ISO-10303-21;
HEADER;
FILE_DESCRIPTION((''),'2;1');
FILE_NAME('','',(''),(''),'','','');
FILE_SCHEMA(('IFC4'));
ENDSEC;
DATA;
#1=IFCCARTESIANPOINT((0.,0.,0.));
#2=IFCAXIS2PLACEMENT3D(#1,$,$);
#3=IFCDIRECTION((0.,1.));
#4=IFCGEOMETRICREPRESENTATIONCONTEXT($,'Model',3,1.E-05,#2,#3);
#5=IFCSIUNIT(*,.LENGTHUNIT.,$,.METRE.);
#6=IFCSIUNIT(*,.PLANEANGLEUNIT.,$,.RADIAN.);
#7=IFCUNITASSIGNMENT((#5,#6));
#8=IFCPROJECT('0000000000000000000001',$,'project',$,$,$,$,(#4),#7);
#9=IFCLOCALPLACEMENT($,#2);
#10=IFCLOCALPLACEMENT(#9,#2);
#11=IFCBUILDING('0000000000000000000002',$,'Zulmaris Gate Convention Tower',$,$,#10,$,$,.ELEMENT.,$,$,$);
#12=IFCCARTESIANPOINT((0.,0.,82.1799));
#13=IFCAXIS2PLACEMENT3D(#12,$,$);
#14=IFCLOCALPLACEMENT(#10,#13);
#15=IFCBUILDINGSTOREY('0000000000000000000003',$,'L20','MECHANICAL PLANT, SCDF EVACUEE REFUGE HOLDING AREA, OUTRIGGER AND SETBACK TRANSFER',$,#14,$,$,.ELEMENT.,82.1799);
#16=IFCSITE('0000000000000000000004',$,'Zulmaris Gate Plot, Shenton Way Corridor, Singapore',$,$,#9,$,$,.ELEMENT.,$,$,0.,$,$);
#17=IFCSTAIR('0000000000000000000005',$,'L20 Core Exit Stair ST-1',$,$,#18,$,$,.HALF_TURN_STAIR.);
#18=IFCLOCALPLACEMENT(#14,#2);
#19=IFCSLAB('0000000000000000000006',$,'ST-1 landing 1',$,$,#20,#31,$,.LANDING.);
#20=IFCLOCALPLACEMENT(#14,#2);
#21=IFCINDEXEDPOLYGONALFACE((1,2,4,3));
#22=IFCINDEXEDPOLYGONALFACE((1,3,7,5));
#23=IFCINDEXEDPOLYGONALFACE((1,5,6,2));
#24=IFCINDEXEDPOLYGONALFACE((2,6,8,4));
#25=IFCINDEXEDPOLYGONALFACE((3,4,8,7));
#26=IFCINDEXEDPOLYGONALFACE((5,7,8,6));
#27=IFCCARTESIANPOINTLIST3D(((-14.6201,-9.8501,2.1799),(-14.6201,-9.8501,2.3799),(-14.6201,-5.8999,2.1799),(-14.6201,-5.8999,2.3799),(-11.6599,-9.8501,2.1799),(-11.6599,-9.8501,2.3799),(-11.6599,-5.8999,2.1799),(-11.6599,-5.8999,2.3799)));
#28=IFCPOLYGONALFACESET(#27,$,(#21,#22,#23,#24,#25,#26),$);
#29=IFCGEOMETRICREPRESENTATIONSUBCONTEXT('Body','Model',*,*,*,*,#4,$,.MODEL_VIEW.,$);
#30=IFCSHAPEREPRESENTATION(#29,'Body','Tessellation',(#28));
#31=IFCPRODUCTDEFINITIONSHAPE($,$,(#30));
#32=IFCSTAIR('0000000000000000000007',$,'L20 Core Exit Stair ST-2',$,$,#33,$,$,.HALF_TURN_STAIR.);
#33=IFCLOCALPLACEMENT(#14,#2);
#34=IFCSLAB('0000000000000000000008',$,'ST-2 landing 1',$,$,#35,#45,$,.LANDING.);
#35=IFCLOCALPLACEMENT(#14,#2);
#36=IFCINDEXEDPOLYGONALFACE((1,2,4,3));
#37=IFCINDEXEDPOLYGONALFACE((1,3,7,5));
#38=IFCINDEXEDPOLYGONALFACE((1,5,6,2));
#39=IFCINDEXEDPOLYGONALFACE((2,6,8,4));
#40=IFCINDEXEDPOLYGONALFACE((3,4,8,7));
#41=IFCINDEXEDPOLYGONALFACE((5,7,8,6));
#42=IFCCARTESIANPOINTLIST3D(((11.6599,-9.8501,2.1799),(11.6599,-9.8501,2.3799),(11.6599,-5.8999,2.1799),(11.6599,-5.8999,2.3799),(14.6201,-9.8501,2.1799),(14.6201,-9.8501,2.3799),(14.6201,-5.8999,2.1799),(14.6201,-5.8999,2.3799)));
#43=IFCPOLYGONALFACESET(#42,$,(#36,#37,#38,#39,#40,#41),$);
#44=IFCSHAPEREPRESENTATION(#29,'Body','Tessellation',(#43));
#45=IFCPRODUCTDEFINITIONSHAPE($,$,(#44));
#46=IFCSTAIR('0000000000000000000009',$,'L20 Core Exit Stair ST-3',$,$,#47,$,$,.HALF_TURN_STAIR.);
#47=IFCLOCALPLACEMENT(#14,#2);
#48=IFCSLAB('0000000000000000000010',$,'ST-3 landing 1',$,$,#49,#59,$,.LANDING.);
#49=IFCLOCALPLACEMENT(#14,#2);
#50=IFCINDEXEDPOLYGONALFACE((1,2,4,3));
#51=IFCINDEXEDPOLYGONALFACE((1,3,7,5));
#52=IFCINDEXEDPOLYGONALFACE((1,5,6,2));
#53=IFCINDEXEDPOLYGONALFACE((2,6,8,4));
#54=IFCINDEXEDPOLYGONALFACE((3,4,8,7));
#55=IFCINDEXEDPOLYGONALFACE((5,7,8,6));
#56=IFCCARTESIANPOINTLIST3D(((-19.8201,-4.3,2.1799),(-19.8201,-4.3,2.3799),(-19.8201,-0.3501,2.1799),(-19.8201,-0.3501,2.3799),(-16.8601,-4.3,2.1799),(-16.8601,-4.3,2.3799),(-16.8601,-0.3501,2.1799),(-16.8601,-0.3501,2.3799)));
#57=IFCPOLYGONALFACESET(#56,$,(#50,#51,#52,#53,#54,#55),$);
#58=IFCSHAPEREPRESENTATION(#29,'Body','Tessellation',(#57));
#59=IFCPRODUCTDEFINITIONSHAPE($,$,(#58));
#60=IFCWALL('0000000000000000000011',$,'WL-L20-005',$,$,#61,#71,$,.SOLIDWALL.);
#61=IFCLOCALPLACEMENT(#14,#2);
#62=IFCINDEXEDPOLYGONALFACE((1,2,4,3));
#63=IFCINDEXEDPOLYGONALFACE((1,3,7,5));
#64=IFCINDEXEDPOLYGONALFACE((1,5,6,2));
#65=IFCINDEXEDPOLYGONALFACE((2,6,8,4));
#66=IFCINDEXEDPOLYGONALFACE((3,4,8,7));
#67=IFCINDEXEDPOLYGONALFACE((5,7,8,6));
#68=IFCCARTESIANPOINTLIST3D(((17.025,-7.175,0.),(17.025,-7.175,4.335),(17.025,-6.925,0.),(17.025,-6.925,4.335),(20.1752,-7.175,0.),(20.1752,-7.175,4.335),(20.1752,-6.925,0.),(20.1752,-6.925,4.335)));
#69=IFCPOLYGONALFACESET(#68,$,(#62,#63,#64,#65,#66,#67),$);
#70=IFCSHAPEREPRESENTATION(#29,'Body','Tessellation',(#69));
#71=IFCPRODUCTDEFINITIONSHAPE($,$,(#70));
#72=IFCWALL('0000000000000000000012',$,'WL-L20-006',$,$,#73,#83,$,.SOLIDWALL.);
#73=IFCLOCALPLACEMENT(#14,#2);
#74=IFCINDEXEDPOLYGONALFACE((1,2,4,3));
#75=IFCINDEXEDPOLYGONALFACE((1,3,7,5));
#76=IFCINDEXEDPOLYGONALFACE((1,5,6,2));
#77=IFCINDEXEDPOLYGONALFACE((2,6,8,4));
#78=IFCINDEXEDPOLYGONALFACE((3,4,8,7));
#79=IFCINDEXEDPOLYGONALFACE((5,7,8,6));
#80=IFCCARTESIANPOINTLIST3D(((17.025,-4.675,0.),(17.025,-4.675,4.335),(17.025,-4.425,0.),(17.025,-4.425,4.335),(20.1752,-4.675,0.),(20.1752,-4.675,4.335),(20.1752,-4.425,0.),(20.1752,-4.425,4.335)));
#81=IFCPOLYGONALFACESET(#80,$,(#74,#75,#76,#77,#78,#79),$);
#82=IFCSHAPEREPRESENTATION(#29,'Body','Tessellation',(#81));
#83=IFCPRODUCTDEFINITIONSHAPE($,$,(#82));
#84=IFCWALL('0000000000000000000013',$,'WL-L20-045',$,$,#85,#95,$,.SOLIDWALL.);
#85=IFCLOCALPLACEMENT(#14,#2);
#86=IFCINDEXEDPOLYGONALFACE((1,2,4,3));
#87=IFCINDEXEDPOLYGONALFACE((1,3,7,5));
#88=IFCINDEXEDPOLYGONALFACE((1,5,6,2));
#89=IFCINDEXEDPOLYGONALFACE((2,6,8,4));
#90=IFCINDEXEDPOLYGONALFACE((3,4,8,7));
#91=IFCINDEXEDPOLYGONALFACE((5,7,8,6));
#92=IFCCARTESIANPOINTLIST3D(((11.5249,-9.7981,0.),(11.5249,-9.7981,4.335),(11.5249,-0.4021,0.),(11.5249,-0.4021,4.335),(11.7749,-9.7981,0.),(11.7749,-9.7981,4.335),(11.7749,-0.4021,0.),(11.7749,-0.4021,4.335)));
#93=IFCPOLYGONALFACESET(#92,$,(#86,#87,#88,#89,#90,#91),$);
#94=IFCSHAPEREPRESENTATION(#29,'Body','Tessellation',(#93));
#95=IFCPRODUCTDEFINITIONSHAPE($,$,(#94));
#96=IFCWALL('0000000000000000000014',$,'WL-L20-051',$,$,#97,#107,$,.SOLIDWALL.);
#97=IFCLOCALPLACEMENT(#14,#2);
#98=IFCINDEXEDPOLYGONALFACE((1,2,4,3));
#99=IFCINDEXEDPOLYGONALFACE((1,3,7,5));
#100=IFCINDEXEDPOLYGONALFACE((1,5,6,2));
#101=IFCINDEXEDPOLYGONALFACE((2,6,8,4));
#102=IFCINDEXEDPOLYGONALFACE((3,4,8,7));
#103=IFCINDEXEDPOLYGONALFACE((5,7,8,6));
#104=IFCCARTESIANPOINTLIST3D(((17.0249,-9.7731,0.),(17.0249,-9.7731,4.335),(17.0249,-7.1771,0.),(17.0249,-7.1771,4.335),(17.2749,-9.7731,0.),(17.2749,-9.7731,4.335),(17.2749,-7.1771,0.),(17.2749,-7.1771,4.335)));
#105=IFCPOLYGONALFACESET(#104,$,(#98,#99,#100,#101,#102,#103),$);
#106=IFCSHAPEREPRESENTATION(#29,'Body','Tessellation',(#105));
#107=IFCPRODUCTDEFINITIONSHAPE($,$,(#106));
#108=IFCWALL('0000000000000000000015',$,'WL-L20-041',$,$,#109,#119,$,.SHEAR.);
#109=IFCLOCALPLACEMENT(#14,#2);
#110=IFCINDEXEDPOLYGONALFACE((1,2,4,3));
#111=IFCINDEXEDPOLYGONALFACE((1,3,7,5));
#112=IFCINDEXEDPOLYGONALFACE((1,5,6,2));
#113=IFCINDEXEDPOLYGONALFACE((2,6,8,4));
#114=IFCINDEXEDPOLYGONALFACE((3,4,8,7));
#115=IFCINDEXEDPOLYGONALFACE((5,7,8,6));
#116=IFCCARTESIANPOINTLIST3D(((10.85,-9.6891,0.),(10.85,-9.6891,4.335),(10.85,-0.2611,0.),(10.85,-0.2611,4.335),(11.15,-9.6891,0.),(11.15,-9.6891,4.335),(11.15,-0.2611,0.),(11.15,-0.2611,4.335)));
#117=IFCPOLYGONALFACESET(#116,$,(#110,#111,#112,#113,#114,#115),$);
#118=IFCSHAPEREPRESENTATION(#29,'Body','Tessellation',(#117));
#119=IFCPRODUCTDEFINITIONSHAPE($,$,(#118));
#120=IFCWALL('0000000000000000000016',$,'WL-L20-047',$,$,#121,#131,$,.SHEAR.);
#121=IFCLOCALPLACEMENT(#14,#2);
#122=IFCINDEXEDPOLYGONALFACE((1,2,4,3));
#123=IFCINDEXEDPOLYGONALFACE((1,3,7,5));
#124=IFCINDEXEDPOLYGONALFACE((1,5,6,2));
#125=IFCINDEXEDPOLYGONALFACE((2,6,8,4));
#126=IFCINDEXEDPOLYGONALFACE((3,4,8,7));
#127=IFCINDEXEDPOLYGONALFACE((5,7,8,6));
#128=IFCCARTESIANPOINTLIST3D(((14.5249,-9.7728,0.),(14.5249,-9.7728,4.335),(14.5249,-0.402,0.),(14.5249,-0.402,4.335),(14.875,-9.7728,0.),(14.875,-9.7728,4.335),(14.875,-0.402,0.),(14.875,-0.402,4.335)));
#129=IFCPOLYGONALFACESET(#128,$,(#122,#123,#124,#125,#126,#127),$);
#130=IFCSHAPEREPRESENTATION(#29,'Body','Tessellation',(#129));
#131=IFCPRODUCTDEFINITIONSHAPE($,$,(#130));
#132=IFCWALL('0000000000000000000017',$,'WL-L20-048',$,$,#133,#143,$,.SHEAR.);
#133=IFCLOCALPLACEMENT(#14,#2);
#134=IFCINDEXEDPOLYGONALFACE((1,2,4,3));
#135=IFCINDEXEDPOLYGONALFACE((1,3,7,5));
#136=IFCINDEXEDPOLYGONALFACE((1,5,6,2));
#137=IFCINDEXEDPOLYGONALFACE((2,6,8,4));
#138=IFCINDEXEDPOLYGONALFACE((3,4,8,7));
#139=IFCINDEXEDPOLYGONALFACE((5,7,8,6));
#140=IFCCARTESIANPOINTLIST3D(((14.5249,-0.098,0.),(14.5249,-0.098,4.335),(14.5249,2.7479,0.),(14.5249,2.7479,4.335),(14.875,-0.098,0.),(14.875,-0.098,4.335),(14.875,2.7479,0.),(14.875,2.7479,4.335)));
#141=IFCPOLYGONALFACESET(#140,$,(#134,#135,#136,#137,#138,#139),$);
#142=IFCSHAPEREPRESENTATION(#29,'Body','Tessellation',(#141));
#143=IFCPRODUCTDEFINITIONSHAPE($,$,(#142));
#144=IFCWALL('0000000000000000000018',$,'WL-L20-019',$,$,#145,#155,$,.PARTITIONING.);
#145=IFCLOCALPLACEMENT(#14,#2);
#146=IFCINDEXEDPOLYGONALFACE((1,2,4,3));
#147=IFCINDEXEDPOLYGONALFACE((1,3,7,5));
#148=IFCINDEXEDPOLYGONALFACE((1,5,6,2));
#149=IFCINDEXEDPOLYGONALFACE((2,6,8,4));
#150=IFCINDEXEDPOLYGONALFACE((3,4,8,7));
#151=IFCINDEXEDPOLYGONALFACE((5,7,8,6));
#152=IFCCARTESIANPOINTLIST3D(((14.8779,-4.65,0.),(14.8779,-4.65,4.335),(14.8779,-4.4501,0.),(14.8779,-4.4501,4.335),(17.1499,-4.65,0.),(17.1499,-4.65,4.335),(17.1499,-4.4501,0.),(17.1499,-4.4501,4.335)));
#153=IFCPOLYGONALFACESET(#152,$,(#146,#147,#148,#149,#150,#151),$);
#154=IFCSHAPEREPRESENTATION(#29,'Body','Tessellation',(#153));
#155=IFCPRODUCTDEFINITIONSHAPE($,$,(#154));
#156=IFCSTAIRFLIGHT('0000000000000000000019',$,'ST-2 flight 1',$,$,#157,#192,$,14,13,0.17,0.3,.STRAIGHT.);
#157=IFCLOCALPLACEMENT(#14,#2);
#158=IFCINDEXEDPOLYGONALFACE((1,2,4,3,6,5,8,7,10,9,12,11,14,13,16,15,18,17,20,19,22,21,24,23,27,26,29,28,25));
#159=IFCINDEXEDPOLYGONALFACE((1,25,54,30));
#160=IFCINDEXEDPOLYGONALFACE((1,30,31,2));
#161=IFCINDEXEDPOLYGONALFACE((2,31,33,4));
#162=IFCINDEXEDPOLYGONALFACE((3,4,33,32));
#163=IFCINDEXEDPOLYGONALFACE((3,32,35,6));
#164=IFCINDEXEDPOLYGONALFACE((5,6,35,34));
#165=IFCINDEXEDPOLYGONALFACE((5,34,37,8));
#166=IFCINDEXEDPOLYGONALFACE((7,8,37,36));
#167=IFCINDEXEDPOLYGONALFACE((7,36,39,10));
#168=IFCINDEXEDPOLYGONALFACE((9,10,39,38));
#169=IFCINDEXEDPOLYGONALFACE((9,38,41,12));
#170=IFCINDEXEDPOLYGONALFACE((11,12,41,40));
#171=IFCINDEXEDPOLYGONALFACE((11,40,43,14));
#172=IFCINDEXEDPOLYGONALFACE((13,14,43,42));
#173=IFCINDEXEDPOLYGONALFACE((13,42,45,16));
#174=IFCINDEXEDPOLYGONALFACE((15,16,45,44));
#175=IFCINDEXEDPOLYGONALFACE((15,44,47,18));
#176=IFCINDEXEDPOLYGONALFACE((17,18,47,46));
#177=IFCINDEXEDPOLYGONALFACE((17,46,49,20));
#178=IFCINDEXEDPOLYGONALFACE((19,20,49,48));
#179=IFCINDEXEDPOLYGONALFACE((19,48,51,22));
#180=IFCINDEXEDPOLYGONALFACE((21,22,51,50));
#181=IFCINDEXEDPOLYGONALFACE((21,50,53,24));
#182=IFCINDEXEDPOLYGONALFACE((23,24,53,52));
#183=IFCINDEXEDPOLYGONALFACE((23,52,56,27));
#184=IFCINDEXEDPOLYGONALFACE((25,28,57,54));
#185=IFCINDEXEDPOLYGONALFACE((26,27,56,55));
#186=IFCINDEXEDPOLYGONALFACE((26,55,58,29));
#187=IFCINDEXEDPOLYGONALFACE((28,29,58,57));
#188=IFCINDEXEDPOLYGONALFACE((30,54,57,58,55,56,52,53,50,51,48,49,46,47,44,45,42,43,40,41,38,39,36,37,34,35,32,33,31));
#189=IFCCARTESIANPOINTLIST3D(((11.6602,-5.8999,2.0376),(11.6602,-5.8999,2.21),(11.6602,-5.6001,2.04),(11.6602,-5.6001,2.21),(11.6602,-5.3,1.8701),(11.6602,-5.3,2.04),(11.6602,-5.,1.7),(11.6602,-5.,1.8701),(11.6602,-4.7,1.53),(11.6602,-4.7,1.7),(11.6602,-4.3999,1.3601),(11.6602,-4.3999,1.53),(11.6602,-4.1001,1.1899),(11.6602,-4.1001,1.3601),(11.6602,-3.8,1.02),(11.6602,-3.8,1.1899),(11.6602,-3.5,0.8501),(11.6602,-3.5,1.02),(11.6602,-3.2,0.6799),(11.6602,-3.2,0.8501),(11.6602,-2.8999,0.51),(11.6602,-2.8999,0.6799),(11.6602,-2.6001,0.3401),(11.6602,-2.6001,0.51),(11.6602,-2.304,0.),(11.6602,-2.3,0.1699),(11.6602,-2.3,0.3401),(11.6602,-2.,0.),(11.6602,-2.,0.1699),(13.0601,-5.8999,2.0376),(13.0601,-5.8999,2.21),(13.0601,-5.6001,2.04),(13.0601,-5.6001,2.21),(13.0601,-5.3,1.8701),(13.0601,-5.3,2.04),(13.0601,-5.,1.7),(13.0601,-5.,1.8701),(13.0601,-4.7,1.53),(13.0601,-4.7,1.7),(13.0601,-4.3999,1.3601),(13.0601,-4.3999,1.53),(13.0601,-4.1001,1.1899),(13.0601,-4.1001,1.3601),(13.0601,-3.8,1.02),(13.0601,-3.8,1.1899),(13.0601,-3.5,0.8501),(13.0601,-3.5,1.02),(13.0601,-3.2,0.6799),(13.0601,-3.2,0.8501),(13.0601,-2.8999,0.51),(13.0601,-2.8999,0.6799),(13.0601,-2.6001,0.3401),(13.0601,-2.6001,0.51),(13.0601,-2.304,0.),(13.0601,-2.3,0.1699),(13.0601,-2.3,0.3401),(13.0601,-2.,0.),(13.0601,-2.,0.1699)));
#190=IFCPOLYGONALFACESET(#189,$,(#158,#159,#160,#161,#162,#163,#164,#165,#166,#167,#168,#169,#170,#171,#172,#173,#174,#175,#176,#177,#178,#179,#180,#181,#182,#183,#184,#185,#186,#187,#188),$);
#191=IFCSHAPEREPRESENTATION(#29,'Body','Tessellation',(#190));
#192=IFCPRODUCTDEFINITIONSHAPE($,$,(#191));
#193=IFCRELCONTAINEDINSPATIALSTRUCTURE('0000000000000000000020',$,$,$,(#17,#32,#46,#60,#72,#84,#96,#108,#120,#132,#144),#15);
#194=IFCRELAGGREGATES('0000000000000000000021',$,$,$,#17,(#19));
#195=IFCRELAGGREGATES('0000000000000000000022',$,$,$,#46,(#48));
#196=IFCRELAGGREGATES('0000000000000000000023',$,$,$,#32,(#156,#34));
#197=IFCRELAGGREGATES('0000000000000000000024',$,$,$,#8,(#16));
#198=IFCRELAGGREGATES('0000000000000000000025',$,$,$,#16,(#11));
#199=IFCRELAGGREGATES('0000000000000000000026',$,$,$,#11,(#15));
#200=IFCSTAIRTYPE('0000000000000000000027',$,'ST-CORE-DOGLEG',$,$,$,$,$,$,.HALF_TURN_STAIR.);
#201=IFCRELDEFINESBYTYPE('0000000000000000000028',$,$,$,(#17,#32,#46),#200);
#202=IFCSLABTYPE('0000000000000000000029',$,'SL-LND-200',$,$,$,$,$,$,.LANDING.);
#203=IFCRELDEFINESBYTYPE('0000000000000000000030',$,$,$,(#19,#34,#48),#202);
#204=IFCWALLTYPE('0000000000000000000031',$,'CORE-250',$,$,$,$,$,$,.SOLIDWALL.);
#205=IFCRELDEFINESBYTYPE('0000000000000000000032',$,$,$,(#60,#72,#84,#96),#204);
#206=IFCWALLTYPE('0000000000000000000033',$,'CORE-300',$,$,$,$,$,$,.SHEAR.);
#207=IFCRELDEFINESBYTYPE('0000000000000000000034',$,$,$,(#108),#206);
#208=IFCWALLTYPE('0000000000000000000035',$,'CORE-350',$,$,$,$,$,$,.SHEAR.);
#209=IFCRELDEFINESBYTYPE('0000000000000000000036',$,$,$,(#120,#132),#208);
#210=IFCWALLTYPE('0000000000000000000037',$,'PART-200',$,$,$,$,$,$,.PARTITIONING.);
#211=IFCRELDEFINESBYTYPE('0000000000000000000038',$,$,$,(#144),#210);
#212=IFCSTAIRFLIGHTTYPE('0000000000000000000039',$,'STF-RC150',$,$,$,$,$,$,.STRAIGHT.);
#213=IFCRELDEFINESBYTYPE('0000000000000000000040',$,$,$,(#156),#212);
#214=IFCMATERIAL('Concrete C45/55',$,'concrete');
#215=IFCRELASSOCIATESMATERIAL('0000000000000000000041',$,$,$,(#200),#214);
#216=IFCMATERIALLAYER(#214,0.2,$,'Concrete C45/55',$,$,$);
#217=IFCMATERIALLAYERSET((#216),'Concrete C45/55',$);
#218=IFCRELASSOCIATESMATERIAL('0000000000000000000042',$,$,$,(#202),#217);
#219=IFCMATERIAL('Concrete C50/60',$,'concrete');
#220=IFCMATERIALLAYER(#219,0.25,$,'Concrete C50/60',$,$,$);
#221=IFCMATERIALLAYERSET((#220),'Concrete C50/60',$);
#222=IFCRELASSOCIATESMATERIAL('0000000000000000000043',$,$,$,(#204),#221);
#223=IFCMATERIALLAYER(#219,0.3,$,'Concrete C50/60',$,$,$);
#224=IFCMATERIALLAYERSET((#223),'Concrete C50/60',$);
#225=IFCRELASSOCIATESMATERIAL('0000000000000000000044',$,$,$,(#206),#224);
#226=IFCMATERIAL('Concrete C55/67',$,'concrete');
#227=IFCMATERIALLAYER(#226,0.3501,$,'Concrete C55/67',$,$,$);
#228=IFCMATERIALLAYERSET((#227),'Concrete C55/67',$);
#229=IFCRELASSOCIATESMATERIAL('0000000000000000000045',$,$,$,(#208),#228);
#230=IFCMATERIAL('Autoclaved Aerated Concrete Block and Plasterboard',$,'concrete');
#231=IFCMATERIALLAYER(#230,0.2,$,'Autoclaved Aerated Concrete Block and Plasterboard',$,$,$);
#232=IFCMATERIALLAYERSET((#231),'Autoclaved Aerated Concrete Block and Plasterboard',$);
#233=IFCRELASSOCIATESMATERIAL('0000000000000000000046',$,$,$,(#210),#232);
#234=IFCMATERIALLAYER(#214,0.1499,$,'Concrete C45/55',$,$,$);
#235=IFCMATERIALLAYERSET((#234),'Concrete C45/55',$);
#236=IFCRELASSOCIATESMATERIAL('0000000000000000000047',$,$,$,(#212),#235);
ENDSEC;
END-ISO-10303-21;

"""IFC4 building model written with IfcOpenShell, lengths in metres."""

from ifc_helpers import new_model, si_unit, direction, frame, frame_2d, origin, place, context, subcontext, project, spatial, polyline, rectangle, outline, extrude, material, layer, layer_set, type_object, element, aggregate, save


model = new_model("IFC4")

# Units and contexts
model_context = context("Model", 3, precision=1e-05, world=origin(), true_north=direction((0.0, 1.0)))
body_context = subcontext(model_context, "Body", "Model", "MODEL_VIEW")
ifc_project = project(units=[si_unit("LENGTHUNIT", "METRE"), si_unit("PLANEANGLEUNIT", "RADIAN")], contexts=[model_context])

# Site, building, storey
site_placement = place(None, origin())
site = spatial("IfcSite", under=ifc_project, at=site_placement, Name="Zulmaris Gate Plot, Shenton Way Corridor, Singapore", CompositionType="ELEMENT", RefElevation=0.0)
building_placement = place(site_placement, origin())
building = spatial("IfcBuilding", under=site, at=building_placement, Name="Zulmaris Gate Convention Tower", CompositionType="ELEMENT")
storey_placement = place(building_placement, frame((0.0, 0.0, 82.1799)))
storey = spatial("IfcBuildingStorey", under=building, at=storey_placement, Name="L20", Description="MECHANICAL PLANT, SCDF EVACUEE REFUGE HOLDING AREA, OUTRIGGER AND SETBACK TRANSFER", CompositionType="ELEMENT", Elevation=82.1799)

# Stairs, slabs
ifc_material_1 = material(Name="Concrete C45/55", Category="concrete")
stair_type = type_object("IfcStairType", Name="ST-CORE-DOGLEG", PredefinedType="HALF_TURN_STAIR", material=ifc_material_1)
stair_1_placement = place(storey_placement, origin())
stair_1 = element("IfcStair", 1, at=stair_1_placement, inside=storey, type_object=stair_type, Name="L20 Core Exit Stair ST-1", PredefinedType="HALF_TURN_STAIR")
ifc_layer_1 = layer(ifc_material_1, 0.2, Name="Concrete C45/55")
ifc_layer_set_1 = layer_set([ifc_layer_1], Name="Concrete C45/55")
slab_type = type_object("IfcSlabType", Name="SL-LND-200", PredefinedType="LANDING", material=ifc_layer_set_1)
slab_1_placement = place(storey_placement, frame((0.0, 0.0, 2.1799)))
slab_1 = element("IfcSlab", 2, at=slab_1_placement, type_object=slab_type, Name="ST-1 landing 1", PredefinedType="LANDING", context=body_context, shape_type="SweptSolid", body=[
    extrude(outline(polyline([(-14.6201, -5.8999), (-14.6201, -9.8501), (-11.6599, -9.8501), (-11.6599, -5.8999), (-14.6201, -5.8999)])), origin(), (0.0, 0.0, 1.0), 0.2),
])
aggregate(stair_1, [slab_1])
stair_2_placement = place(storey_placement, origin())
stair_2 = element("IfcStair", 3, at=stair_2_placement, inside=storey, type_object=stair_type, Name="L20 Core Exit Stair ST-2", PredefinedType="HALF_TURN_STAIR")
slab_2_placement = place(storey_placement, frame((0.0, 0.0, 2.1799)))
slab_2 = element("IfcSlab", 4, at=slab_2_placement, type_object=slab_type, Name="ST-2 landing 1", PredefinedType="LANDING", context=body_context, shape_type="SweptSolid", body=[
    extrude(outline(polyline([(11.6599, -5.8999), (11.6599, -9.8501), (14.6201, -9.8501), (14.6201, -5.8999), (11.6599, -5.8999)])), origin(), (0.0, 0.0, 1.0), 0.2),
])
stair_3_placement = place(storey_placement, origin())
stair_3 = element("IfcStair", 5, at=stair_3_placement, inside=storey, type_object=stair_type, Name="L20 Core Exit Stair ST-3", PredefinedType="HALF_TURN_STAIR")
slab_3_placement = place(storey_placement, frame((0.0, 0.0, 2.1799)))
slab_3 = element("IfcSlab", 6, at=slab_3_placement, type_object=slab_type, Name="ST-3 landing 1", PredefinedType="LANDING", context=body_context, shape_type="SweptSolid", body=[
    extrude(outline(polyline([(-16.8601, -4.3), (-16.8601, -0.3501), (-19.8201, -0.3501), (-19.8201, -4.3), (-16.8601, -4.3)])), origin(), (0.0, 0.0, 1.0), 0.2),
])
aggregate(stair_3, [slab_3])

# Walls
ifc_material_2 = material(Name="Concrete C50/60", Category="concrete")
ifc_layer_2 = layer(ifc_material_2, 0.25, Name="Concrete C50/60")
ifc_layer_set_2 = layer_set([ifc_layer_2], Name="Concrete C50/60")
wall_type_1 = type_object("IfcWallType", Name="CORE-250", PredefinedType="SOLIDWALL", material=ifc_layer_set_2)
for number, where, z_axis, x_axis, name in (
    (7, (17.0249, -7.05, 0.0), (0.0, 0.0, 1.0), (1.0, 0.0, 0.0), "WL-L20-005"),
    (8, (17.0249, -4.55, 0.0), (0.0, 0.0, 1.0), (1.0, 0.0, 0.0), "WL-L20-006"),
):
    element("IfcWall", number, at=place(storey_placement, frame(where, z_axis=z_axis, x_axis=x_axis)), inside=storey, type_object=wall_type_1, Name=name, PredefinedType="SOLIDWALL", context=body_context, shape_type="SweptSolid", body=[
        extrude(rectangle(XDim=3.1501, YDim=0.25, at=frame_2d((1.5752, 0.0))), origin(), (0.0, 0.0, 1.0), 4.335),
    ])
wall_1_placement = place(storey_placement, frame((11.6499, -9.7981, 0.0), z_axis=(0.0, 0.0, 1.0), x_axis=(0.0, 1.0, 0.0)))
element("IfcWall", 9, at=wall_1_placement, inside=storey, type_object=wall_type_1, Name="WL-L20-045", PredefinedType="SOLIDWALL", context=body_context, shape_type="SweptSolid", body=[
    extrude(rectangle(XDim=9.396, YDim=0.25, at=frame_2d((4.698, 0.0))), origin(), (0.0, 0.0, 1.0), 4.335),
])
wall_2_placement = place(storey_placement, frame((17.1499, -9.7729, 0.0), z_axis=(0.0, 0.0, 1.0), x_axis=(0.0, 1.0, 0.0)))
element("IfcWall", 10, at=wall_2_placement, inside=storey, type_object=wall_type_1, Name="WL-L20-051", PredefinedType="SOLIDWALL", context=body_context, shape_type="SweptSolid", body=[
    extrude(rectangle(XDim=2.5959, YDim=0.25, at=frame_2d((1.2979, 0.0))), origin(), (0.0, 0.0, 1.0), 4.335),
])

# Shared definitions
ifc_layer_3 = layer(ifc_material_2, 0.3, Name="Concrete C50/60")
ifc_layer_set_3 = layer_set([ifc_layer_3], Name="Concrete C50/60")
wall_type_2 = type_object("IfcWallType", Name="CORE-300", PredefinedType="SHEAR", material=ifc_layer_set_3)

# Walls
wall_3_placement = place(storey_placement, frame((11.0, -9.689, 0.0), z_axis=(0.0, 0.0, 1.0), x_axis=(0.0, 1.0, 0.0)))
element("IfcWall", 11, at=wall_3_placement, inside=storey, type_object=wall_type_2, Name="WL-L20-041", PredefinedType="SHEAR", context=body_context, shape_type="SweptSolid", body=[
    extrude(rectangle(XDim=9.428, YDim=0.3, at=frame_2d((4.7139, 0.0))), origin(), (0.0, 0.0, 1.0), 4.335),
])
ifc_material_3 = material(Name="Concrete C55/67", Category="concrete")
ifc_layer_4 = layer(ifc_material_3, 0.3501, Name="Concrete C55/67")
ifc_layer_set_4 = layer_set([ifc_layer_4], Name="Concrete C55/67")
wall_type_3 = type_object("IfcWallType", Name="CORE-350", PredefinedType="SHEAR", material=ifc_layer_set_4)
wall_4_placement = place(storey_placement, frame((14.7, -9.7729, 0.0), z_axis=(0.0, 0.0, 1.0), x_axis=(0.0, 1.0, 0.0)))
element("IfcWall", 12, at=wall_4_placement, inside=storey, type_object=wall_type_3, Name="WL-L20-047", PredefinedType="SHEAR", context=body_context, shape_type="SweptSolid", body=[
    extrude(rectangle(XDim=9.3708, YDim=0.3501, at=frame_2d((4.6855, 0.0))), origin(), (0.0, 0.0, 1.0), 4.335),
])
wall_5_placement = place(storey_placement, frame((14.7, -0.0979, 0.0), z_axis=(0.0, 0.0, 1.0), x_axis=(0.0, 1.0, 0.0)))
element("IfcWall", 13, at=wall_5_placement, inside=storey, type_object=wall_type_3, Name="WL-L20-048", PredefinedType="SHEAR", context=body_context, shape_type="SweptSolid", body=[
    extrude(rectangle(XDim=2.8459, YDim=0.3501, at=frame_2d((1.4229, 0.0))), origin(), (0.0, 0.0, 1.0), 4.335),
])
ifc_material_4 = material(Name="Autoclaved Aerated Concrete Block and Plasterboard", Category="concrete")
ifc_layer_5 = layer(ifc_material_4, 0.2, Name="Autoclaved Aerated Concrete Block and Plasterboard")
ifc_layer_set_5 = layer_set([ifc_layer_5], Name="Autoclaved Aerated Concrete Block and Plasterboard")
wall_type_4 = type_object("IfcWallType", Name="PART-200", PredefinedType="PARTITIONING", material=ifc_layer_set_5)
wall_6_placement = place(storey_placement, frame((14.8779, -4.55, 0.0), z_axis=(0.0, 0.0, 1.0), x_axis=(1.0, 0.0, 0.0)))
element("IfcWall", 14, at=wall_6_placement, inside=storey, type_object=wall_type_4, Name="WL-L20-019", PredefinedType="PARTITIONING", context=body_context, shape_type="SweptSolid", body=[
    extrude(rectangle(XDim=2.272, YDim=0.2, at=frame_2d((1.136, 0.0))), origin(), (0.0, 0.0, 1.0), 4.335),
])

# Stair flight
ifc_layer_6 = layer(ifc_material_1, 0.1499, Name="Concrete C45/55")
ifc_layer_set_6 = layer_set([ifc_layer_6], Name="Concrete C45/55")
stair_flight_type = type_object("IfcStairFlightType", Name="STF-RC150", PredefinedType="STRAIGHT", material=ifc_layer_set_6)
stair_flight_1_placement = place(storey_placement, frame((12.3601, -2.0, 0.0), z_axis=(0.0, 0.0, 1.0), x_axis=(0.0, -1.0, 0.0)))
stair_flight_1 = element("IfcStairFlight", 15, at=stair_flight_1_placement, type_object=stair_flight_type, Name="ST-2 flight 1", NumberOfRisers=14, NumberOfTreads=13, PredefinedType="STRAIGHT", RiserHeight=0.17, TreadLength=0.3, context=body_context, shape_type="SweptSolid", body=[
    extrude(outline(polyline([(0.0, 0.0), (0.0, 0.1699), (0.3, 0.1699), (0.3, 0.3401), (0.6001, 0.3401), (0.6001, 0.51), (0.8999, 0.51), (0.8999, 0.6799), (1.2, 0.6799), (1.2, 0.8501), (1.5, 0.8501), (1.5, 1.02), (1.8, 1.02), (1.8, 1.1899), (2.1001, 1.1899), (2.1001, 1.3601), (2.3999, 1.3601), (2.3999, 1.53), (2.7, 1.53), (2.7, 1.7), (3.0, 1.7), (3.0, 1.8701), (3.3, 1.8701), (3.3, 2.04), (3.6001, 2.04), (3.6001, 2.21), (3.8999, 2.21), (3.8999, 2.3799), (3.8999, 2.0376), (0.304, 0.0), (0.0, 0.0)])), frame((0.0, 0.7, 0.0), z_axis=(0.0, -1.0, 0.0), x_axis=(1.0, 0.0, 0.0)), (0.0, 0.0, 1.0), 1.3999),
])
aggregate(stair_2, [stair_flight_1, slab_2])

save(model, "model.ifc")
